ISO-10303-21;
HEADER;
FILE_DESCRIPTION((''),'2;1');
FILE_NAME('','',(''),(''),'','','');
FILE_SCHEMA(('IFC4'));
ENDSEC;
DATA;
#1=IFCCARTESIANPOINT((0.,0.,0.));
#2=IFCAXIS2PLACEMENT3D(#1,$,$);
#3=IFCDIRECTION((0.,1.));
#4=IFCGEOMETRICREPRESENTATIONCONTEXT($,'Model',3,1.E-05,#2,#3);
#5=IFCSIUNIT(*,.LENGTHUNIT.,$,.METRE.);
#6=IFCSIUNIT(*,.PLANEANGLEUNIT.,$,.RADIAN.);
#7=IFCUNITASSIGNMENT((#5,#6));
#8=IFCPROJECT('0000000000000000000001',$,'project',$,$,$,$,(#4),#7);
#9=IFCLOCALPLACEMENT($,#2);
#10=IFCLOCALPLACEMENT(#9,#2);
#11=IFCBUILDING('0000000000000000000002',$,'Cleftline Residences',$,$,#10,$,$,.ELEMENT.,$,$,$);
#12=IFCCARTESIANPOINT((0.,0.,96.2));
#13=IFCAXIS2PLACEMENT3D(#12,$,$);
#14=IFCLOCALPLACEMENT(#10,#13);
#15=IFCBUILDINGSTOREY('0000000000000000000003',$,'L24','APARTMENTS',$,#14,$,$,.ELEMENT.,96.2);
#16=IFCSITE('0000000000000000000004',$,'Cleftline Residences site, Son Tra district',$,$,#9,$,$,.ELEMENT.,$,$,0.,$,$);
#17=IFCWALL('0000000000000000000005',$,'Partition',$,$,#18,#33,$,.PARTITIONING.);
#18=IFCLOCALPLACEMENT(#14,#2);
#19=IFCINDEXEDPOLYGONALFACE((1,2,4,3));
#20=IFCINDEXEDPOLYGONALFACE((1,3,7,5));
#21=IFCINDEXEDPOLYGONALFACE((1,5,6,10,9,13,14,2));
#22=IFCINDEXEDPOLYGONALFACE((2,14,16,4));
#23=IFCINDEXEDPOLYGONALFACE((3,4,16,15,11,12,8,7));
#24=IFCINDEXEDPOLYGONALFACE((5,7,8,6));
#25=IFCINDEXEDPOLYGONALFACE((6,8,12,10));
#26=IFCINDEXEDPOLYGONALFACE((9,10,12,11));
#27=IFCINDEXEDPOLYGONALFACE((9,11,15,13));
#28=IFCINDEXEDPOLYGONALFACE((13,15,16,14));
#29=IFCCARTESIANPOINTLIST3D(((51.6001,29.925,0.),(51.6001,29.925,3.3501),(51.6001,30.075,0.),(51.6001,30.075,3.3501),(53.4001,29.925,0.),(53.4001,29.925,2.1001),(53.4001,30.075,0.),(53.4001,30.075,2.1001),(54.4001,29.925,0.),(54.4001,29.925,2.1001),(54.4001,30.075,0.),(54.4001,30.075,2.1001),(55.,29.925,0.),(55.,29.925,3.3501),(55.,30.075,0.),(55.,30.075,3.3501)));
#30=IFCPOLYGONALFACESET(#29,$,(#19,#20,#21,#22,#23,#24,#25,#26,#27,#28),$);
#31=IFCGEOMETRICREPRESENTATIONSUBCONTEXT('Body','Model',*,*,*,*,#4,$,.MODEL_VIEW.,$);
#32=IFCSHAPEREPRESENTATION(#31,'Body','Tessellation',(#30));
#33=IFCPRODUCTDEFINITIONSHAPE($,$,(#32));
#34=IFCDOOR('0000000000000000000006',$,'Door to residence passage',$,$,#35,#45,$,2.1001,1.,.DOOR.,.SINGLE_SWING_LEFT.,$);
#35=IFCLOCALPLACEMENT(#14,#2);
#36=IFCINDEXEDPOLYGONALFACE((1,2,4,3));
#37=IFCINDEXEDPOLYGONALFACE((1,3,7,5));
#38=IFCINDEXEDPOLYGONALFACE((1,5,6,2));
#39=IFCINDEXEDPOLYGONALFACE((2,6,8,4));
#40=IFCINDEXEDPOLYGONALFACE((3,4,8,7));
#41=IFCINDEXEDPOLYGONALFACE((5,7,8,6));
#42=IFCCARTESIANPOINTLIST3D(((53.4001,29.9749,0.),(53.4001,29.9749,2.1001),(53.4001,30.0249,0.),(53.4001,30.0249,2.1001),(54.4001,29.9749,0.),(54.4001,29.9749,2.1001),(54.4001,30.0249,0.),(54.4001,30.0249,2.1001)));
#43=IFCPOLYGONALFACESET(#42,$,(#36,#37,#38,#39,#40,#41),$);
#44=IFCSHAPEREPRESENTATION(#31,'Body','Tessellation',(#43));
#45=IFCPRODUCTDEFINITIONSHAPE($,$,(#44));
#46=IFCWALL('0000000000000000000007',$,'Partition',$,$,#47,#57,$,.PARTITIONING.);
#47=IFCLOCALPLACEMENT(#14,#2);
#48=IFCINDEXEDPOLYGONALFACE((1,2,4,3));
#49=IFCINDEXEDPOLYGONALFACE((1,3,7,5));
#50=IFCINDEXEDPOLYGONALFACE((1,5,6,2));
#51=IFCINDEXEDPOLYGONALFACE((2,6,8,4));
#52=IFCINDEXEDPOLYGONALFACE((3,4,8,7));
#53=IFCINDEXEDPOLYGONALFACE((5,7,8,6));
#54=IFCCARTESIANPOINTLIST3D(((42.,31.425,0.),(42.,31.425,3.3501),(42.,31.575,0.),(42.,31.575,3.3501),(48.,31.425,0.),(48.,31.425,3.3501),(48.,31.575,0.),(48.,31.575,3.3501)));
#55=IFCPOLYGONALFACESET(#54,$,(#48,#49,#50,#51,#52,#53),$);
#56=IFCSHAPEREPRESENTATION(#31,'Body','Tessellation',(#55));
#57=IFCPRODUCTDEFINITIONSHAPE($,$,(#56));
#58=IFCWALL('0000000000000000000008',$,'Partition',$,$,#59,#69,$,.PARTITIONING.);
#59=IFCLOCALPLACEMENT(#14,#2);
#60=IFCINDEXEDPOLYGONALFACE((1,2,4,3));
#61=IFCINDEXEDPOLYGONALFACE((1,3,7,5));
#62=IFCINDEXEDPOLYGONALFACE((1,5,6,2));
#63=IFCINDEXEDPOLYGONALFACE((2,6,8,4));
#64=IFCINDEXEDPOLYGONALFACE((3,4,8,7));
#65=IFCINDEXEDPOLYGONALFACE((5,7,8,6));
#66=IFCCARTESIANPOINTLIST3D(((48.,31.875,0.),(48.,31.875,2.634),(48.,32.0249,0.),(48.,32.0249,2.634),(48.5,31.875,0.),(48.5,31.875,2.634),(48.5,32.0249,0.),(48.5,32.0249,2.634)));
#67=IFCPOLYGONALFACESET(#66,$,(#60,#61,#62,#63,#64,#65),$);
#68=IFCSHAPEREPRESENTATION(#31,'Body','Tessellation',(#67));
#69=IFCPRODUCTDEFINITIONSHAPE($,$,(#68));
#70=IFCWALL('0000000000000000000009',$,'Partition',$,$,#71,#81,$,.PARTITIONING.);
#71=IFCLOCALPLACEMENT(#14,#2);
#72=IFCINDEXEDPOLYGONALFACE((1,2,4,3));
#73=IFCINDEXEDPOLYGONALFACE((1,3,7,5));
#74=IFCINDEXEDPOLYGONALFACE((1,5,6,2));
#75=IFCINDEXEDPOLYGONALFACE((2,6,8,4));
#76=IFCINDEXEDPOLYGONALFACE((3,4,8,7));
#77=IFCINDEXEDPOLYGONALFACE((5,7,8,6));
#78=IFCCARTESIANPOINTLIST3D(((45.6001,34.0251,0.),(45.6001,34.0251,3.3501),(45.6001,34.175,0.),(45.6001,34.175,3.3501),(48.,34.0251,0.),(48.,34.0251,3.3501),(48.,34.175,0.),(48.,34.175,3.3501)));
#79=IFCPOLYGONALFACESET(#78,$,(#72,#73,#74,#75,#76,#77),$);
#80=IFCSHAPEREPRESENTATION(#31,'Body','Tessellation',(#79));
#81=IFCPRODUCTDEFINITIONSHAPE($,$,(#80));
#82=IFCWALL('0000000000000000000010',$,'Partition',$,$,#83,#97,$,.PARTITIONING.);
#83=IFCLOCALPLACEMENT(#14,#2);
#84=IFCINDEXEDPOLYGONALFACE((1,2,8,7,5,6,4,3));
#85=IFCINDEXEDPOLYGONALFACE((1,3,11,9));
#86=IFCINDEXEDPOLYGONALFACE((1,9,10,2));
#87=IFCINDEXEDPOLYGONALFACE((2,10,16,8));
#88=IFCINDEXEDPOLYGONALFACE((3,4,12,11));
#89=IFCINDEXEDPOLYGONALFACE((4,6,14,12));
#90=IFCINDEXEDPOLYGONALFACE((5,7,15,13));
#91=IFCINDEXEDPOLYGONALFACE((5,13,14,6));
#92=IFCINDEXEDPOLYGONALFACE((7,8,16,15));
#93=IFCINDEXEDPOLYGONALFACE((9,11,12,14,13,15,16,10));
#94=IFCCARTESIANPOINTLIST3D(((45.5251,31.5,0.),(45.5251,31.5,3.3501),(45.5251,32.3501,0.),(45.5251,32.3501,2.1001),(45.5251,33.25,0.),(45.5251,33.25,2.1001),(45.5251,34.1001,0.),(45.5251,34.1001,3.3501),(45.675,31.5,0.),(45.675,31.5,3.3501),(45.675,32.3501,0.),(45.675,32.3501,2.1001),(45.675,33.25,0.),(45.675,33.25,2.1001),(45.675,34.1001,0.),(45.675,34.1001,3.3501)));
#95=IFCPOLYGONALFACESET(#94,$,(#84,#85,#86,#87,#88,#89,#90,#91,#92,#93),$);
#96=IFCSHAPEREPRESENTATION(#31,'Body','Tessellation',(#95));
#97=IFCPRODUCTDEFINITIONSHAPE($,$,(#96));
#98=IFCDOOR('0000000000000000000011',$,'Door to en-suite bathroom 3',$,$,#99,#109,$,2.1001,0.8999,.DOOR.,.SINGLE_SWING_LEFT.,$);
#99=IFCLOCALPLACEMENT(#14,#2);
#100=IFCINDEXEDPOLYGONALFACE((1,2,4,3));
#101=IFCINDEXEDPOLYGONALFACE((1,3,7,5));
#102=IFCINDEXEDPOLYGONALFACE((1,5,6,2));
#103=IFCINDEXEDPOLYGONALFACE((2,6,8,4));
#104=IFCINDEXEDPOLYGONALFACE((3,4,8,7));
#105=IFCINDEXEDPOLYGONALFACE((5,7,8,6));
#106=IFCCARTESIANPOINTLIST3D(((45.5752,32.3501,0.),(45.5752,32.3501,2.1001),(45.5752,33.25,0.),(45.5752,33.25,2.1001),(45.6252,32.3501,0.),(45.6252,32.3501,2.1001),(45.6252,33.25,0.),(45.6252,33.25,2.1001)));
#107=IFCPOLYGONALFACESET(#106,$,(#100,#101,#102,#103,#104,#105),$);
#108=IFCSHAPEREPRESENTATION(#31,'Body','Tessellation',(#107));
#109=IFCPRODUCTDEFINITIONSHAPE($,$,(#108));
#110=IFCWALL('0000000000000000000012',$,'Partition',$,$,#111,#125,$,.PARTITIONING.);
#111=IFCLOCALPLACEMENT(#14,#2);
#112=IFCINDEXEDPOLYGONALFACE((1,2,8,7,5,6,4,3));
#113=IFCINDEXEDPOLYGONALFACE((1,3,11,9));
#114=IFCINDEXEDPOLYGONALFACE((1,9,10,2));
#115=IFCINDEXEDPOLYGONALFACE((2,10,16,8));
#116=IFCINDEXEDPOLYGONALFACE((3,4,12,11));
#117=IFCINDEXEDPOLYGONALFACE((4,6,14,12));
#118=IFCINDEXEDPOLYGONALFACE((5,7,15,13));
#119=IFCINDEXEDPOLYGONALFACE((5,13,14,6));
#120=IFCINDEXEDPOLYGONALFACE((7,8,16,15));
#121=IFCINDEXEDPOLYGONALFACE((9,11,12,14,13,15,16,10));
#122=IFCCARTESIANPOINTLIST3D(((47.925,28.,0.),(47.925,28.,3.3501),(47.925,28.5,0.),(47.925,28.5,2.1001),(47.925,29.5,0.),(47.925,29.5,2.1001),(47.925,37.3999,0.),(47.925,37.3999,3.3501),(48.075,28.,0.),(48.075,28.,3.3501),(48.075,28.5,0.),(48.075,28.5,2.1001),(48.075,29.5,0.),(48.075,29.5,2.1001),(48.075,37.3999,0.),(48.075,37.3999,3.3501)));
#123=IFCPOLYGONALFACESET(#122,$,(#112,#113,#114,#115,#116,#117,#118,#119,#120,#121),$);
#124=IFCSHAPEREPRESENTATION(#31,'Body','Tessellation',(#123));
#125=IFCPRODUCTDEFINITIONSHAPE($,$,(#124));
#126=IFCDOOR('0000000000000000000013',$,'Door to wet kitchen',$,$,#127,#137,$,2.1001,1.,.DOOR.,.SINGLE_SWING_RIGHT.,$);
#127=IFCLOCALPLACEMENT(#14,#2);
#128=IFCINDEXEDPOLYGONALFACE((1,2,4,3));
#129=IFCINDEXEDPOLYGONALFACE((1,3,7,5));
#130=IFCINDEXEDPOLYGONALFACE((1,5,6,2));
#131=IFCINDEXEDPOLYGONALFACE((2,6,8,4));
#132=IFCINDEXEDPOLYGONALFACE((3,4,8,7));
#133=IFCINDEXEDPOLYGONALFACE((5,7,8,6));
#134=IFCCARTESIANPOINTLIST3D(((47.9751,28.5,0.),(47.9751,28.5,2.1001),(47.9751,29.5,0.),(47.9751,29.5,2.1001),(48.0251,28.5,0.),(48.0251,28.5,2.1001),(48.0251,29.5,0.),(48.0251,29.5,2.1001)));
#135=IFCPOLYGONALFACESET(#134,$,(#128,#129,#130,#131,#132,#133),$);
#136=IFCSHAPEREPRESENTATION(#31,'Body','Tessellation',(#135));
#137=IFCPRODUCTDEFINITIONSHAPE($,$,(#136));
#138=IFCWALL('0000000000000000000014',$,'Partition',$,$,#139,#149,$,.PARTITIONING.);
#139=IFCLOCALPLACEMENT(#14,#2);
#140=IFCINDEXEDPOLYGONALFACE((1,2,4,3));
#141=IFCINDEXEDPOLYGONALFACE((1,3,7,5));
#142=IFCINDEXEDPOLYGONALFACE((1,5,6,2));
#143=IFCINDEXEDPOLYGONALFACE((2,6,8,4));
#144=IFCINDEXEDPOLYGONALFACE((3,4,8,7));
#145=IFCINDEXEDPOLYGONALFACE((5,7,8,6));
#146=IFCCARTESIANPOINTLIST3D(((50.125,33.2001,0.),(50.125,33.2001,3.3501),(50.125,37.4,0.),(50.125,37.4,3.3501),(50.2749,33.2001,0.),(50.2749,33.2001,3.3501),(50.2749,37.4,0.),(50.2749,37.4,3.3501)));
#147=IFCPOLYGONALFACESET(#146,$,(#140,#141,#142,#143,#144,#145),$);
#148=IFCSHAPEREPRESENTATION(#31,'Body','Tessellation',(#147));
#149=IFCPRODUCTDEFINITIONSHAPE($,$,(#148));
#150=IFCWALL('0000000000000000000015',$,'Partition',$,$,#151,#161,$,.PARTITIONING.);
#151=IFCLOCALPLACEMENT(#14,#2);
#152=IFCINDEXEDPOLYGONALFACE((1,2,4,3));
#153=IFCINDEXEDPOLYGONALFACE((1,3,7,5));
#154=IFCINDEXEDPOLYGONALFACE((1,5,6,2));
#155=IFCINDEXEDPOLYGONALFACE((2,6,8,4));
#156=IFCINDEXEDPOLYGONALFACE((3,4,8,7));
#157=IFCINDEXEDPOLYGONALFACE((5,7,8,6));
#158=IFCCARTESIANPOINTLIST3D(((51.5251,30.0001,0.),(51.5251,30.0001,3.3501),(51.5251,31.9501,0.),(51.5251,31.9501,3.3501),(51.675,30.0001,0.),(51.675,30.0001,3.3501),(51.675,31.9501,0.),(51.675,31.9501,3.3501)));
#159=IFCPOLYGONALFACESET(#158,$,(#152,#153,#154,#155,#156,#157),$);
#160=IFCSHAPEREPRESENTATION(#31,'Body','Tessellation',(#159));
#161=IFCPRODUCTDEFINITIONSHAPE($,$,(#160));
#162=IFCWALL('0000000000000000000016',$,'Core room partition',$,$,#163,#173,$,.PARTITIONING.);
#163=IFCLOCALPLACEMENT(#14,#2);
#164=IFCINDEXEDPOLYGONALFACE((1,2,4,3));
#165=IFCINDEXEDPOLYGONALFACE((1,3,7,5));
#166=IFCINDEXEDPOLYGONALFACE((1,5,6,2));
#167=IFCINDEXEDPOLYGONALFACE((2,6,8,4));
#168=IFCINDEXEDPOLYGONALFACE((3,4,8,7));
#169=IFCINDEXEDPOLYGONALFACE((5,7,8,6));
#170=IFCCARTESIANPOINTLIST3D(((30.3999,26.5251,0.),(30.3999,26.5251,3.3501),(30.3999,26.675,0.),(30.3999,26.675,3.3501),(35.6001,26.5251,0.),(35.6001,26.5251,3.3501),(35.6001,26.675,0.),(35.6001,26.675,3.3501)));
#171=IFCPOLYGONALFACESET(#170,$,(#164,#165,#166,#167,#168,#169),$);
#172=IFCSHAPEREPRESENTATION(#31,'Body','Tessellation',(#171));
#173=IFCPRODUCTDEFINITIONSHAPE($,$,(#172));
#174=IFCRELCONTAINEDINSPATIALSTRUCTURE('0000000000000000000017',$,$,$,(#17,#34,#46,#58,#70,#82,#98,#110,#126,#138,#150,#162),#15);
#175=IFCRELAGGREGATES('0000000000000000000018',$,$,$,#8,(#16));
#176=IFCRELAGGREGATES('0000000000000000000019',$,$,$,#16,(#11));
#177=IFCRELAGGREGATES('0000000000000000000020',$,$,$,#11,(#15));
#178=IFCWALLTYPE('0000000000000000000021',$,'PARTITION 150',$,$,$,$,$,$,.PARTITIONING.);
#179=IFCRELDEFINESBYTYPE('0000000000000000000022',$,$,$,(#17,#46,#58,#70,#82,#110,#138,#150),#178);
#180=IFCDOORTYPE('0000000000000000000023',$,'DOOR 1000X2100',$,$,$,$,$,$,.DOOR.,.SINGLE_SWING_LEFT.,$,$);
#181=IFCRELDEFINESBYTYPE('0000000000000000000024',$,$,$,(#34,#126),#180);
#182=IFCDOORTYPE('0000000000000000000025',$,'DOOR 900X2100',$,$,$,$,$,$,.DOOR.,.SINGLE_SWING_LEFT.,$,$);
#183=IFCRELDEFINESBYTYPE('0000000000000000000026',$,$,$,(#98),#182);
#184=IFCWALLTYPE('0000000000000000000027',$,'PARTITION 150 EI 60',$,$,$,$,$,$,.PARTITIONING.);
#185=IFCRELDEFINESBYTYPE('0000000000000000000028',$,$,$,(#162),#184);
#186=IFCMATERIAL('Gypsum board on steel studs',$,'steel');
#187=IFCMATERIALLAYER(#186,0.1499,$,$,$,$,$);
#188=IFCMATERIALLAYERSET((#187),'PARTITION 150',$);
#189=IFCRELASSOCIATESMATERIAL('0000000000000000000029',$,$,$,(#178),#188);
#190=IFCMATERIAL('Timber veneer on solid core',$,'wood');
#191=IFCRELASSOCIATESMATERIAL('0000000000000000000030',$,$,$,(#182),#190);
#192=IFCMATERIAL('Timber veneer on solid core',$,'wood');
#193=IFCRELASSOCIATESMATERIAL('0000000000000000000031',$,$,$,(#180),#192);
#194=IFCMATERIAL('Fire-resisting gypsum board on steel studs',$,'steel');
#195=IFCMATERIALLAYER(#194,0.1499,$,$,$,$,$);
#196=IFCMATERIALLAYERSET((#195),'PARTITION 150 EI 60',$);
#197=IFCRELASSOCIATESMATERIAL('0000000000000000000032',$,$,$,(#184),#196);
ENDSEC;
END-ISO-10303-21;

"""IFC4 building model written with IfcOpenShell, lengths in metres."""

from ifc_helpers import new_model, si_unit, direction, frame, frame_2d, origin, place, context, subcontext, project, spatial, rectangle, extrude, material, layer, layer_set, type_object, element, fill, save


model = new_model("IFC4")

# Units and contexts
model_context = context("Model", 3, precision=1e-05, world=origin(), true_north=direction((0.0, 1.0)))
body_context = subcontext(model_context, "Body", "Model", "MODEL_VIEW")
ifc_project = project(units=[si_unit("LENGTHUNIT", "METRE"), si_unit("PLANEANGLEUNIT", "RADIAN")], contexts=[model_context])

# Site, building, storey
site_placement = place(None, origin())
site = spatial("IfcSite", under=ifc_project, at=site_placement, Name="Cleftline Residences site, Son Tra district", CompositionType="ELEMENT", RefElevation=0.0)
building_placement = place(site_placement, origin())
building = spatial("IfcBuilding", under=site, at=building_placement, Name="Cleftline Residences", CompositionType="ELEMENT")
storey_placement = place(building_placement, frame((0.0, 0.0, 96.2)))
storey = spatial("IfcBuildingStorey", under=building, at=storey_placement, Name="L24", Description="APARTMENTS", CompositionType="ELEMENT", Elevation=96.2)

# Wall, opening, door
ifc_material_1 = material(Name="Gypsum board on steel studs", Category="steel")
ifc_layer_1 = layer(ifc_material_1, 0.1499)
ifc_layer_set_1 = layer_set([ifc_layer_1], Name="PARTITION 150")
wall_type_1 = type_object("IfcWallType", Name="PARTITION 150", PredefinedType="PARTITIONING", material=ifc_layer_set_1)
ifc_material_2 = material(Name="Timber veneer on solid core", Category="wood")
door_type_1 = type_object("IfcDoorType", Name="DOOR 900X2100", OperationType="SINGLE_SWING_LEFT", PredefinedType="DOOR", material=ifc_material_2)
wall_1_placement = place(storey_placement, frame((51.6001, 30.0, 0.0), z_axis=(0.0, 0.0, 1.0), x_axis=(1.0, 0.0, 0.0)))
wall_1 = element("IfcWall", 1, at=wall_1_placement, inside=storey, type_object=wall_type_1, Name="Partition", PredefinedType="PARTITIONING", context=body_context, shape_type="SweptSolid", body=[
    extrude(rectangle(XDim=3.3999, YDim=0.1499, at=frame_2d((1.7, 0.0))), origin(), (0.0, 0.0, 1.0), 3.3501),
])
opening_1_placement = place(wall_1_placement, frame((1.8, 0.0, 0.0)))
opening_1 = element("IfcOpeningElement", 2, at=opening_1_placement, cuts=wall_1, PredefinedType="OPENING", context=body_context, shape_type="SweptSolid", body=[
    extrude(rectangle(XDim=1.0, YDim=2.1001, at=frame_2d((0.5, 1.05))), frame((0.0, 0.085, 0.0), z_axis=(0.0, -1.0, 0.0), x_axis=(1.0, 0.0, 0.0)), (0.0, 0.0, 1.0), 0.1699),
])
ifc_material_3 = material(Name="Timber veneer on solid core", Category="wood")
door_type_2 = type_object("IfcDoorType", Name="DOOR 1000X2100", OperationType="SINGLE_SWING_LEFT", PredefinedType="DOOR", material=ifc_material_3)
door_1_placement = place(opening_1_placement, origin())
door_1 = element("IfcDoor", 3, at=door_1_placement, inside=storey, type_object=door_type_2, Name="Door to residence passage", OperationType="SINGLE_SWING_LEFT", OverallHeight=2.1001, OverallWidth=1.0, PredefinedType="DOOR", context=body_context, shape_type="SweptSolid", body=[
    extrude(rectangle(XDim=1.0, YDim=2.1001, at=frame_2d((0.5, 1.05))), frame((0.0, 0.0249, 0.0), z_axis=(0.0, -1.0, 0.0), x_axis=(1.0, 0.0, 0.0)), (0.0, 0.0, 1.0), 0.05),
])
fill(opening_1, door_1)

# Walls
wall_2_placement = place(storey_placement, frame((42.0, 31.5, 0.0), z_axis=(0.0, 0.0, 1.0), x_axis=(1.0, 0.0, 0.0)))
element("IfcWall", 4, at=wall_2_placement, inside=storey, type_object=wall_type_1, Name="Partition", PredefinedType="PARTITIONING", context=body_context, shape_type="SweptSolid", body=[
    extrude(rectangle(XDim=6.0, YDim=0.1499, at=frame_2d((3.0, 0.0))), origin(), (0.0, 0.0, 1.0), 3.3501),
])
wall_3_placement = place(storey_placement, frame((48.0, 31.95, 0.0), z_axis=(0.0, 0.0, 1.0), x_axis=(1.0, 0.0, 0.0)))
element("IfcWall", 5, at=wall_3_placement, inside=storey, type_object=wall_type_1, Name="Partition", PredefinedType="PARTITIONING", context=body_context, shape_type="SweptSolid", body=[
    extrude(rectangle(XDim=0.5, YDim=0.1499, at=frame_2d((0.25, 0.0))), origin(), (0.0, 0.0, 1.0), 2.634),
])
wall_4_placement = place(storey_placement, frame((45.6001, 34.1001, 0.0), z_axis=(0.0, 0.0, 1.0), x_axis=(1.0, 0.0, 0.0)))
element("IfcWall", 6, at=wall_4_placement, inside=storey, type_object=wall_type_1, Name="Partition", PredefinedType="PARTITIONING", context=body_context, shape_type="SweptSolid", body=[
    extrude(rectangle(XDim=2.3999, YDim=0.1499, at=frame_2d((1.2, 0.0))), origin(), (0.0, 0.0, 1.0), 3.3501),
])

# Walls, openings, doors
wall_5_placement = place(storey_placement, frame((45.6001, 31.5, 0.0), z_axis=(0.0, 0.0, 1.0), x_axis=(0.0, 1.0, 0.0)))
wall_5 = element("IfcWall", 7, at=wall_5_placement, inside=storey, type_object=wall_type_1, Name="Partition", PredefinedType="PARTITIONING", context=body_context, shape_type="SweptSolid", body=[
    extrude(rectangle(XDim=2.6001, YDim=0.1499, at=frame_2d((1.3, 0.0))), origin(), (0.0, 0.0, 1.0), 3.3501),
])
opening_2_placement = place(wall_5_placement, frame((0.8501, 0.0, 0.0)))
opening_2 = element("IfcOpeningElement", 8, at=opening_2_placement, cuts=wall_5, PredefinedType="OPENING", context=body_context, shape_type="SweptSolid", body=[
    extrude(rectangle(XDim=0.8999, YDim=2.1001, at=frame_2d((0.45, 1.05))), frame((0.0, 0.085, 0.0), z_axis=(0.0, -1.0, 0.0), x_axis=(1.0, 0.0, 0.0)), (0.0, 0.0, 1.0), 0.1699),
])
door_2_placement = place(opening_2_placement, origin())
door_2 = element("IfcDoor", 9, at=door_2_placement, inside=storey, type_object=door_type_1, Name="Door to en-suite bathroom 3", OperationType="SINGLE_SWING_LEFT", OverallHeight=2.1001, OverallWidth=0.8999, PredefinedType="DOOR", context=body_context, shape_type="SweptSolid", body=[
    extrude(rectangle(XDim=0.8999, YDim=2.1001, at=frame_2d((0.45, 1.05))), frame((0.0, 0.0249, 0.0), z_axis=(0.0, -1.0, 0.0), x_axis=(1.0, 0.0, 0.0)), (0.0, 0.0, 1.0), 0.05),
])
fill(opening_2, door_2)
wall_6_placement = place(storey_placement, frame((48.0, 28.0, 0.0), z_axis=(0.0, 0.0, 1.0), x_axis=(0.0, 1.0, 0.0)))
wall_6 = element("IfcWall", 10, at=wall_6_placement, inside=storey, type_object=wall_type_1, Name="Partition", PredefinedType="PARTITIONING", context=body_context, shape_type="SweptSolid", body=[
    extrude(rectangle(XDim=9.3999, YDim=0.1499, at=frame_2d((4.7, 0.0))), origin(), (0.0, 0.0, 1.0), 3.3501),
])
opening_3_placement = place(wall_6_placement, frame((0.5, 0.0, 0.0)))
opening_3 = element("IfcOpeningElement", 11, at=opening_3_placement, cuts=wall_6, PredefinedType="OPENING", context=body_context, shape_type="SweptSolid", body=[
    extrude(rectangle(XDim=1.0, YDim=2.1001, at=frame_2d((0.5, 1.05))), frame((0.0, 0.085, 0.0), z_axis=(0.0, -1.0, 0.0), x_axis=(1.0, 0.0, 0.0)), (0.0, 0.0, 1.0), 0.1699),
])
door_3_placement = place(opening_3_placement, origin())
door_3 = element("IfcDoor", 12, at=door_3_placement, inside=storey, type_object=door_type_2, Name="Door to wet kitchen", OperationType="SINGLE_SWING_RIGHT", OverallHeight=2.1001, OverallWidth=1.0, PredefinedType="DOOR", context=body_context, shape_type="SweptSolid", body=[
    extrude(rectangle(XDim=1.0, YDim=2.1001, at=frame_2d((0.5, 1.05))), frame((0.0, 0.0249, 0.0), z_axis=(0.0, -1.0, 0.0), x_axis=(1.0, 0.0, 0.0)), (0.0, 0.0, 1.0), 0.05),
])
fill(opening_3, door_3)

# Walls
wall_7_placement = place(storey_placement, frame((50.2, 33.2, 0.0), z_axis=(0.0, 0.0, 1.0), x_axis=(0.0, 1.0, 0.0)))
element("IfcWall", 13, at=wall_7_placement, inside=storey, type_object=wall_type_1, Name="Partition", PredefinedType="PARTITIONING", context=body_context, shape_type="SweptSolid", body=[
    extrude(rectangle(XDim=4.2, YDim=0.1499, at=frame_2d((2.1001, 0.0))), origin(), (0.0, 0.0, 1.0), 3.3501),
])
wall_8_placement = place(storey_placement, frame((51.6001, 30.0, 0.0), z_axis=(0.0, 0.0, 1.0), x_axis=(0.0, 1.0, 0.0)))
element("IfcWall", 14, at=wall_8_placement, inside=storey, type_object=wall_type_1, Name="Partition", PredefinedType="PARTITIONING", context=body_context, shape_type="SweptSolid", body=[
    extrude(rectangle(XDim=1.95, YDim=0.1499, at=frame_2d((0.9751, 0.0))), origin(), (0.0, 0.0, 1.0), 3.3501),
])
ifc_material_4 = material(Name="Fire-resisting gypsum board on steel studs", Category="steel")
ifc_layer_2 = layer(ifc_material_4, 0.1499)
ifc_layer_set_2 = layer_set([ifc_layer_2], Name="PARTITION 150 EI 60")
wall_type_2 = type_object("IfcWallType", Name="PARTITION 150 EI 60", PredefinedType="PARTITIONING", material=ifc_layer_set_2)
wall_9_placement = place(storey_placement, frame((30.3999, 26.6001, 0.0), z_axis=(0.0, 0.0, 1.0), x_axis=(1.0, 0.0, 0.0)))
element("IfcWall", 15, at=wall_9_placement, inside=storey, type_object=wall_type_2, Name="Core room partition", PredefinedType="PARTITIONING", context=body_context, shape_type="SweptSolid", body=[
    extrude(rectangle(XDim=5.2002, YDim=0.1499, at=frame_2d((2.6001, 0.0))), origin(), (0.0, 0.0, 1.0), 3.3501),
])

save(model, "model.ifc")
